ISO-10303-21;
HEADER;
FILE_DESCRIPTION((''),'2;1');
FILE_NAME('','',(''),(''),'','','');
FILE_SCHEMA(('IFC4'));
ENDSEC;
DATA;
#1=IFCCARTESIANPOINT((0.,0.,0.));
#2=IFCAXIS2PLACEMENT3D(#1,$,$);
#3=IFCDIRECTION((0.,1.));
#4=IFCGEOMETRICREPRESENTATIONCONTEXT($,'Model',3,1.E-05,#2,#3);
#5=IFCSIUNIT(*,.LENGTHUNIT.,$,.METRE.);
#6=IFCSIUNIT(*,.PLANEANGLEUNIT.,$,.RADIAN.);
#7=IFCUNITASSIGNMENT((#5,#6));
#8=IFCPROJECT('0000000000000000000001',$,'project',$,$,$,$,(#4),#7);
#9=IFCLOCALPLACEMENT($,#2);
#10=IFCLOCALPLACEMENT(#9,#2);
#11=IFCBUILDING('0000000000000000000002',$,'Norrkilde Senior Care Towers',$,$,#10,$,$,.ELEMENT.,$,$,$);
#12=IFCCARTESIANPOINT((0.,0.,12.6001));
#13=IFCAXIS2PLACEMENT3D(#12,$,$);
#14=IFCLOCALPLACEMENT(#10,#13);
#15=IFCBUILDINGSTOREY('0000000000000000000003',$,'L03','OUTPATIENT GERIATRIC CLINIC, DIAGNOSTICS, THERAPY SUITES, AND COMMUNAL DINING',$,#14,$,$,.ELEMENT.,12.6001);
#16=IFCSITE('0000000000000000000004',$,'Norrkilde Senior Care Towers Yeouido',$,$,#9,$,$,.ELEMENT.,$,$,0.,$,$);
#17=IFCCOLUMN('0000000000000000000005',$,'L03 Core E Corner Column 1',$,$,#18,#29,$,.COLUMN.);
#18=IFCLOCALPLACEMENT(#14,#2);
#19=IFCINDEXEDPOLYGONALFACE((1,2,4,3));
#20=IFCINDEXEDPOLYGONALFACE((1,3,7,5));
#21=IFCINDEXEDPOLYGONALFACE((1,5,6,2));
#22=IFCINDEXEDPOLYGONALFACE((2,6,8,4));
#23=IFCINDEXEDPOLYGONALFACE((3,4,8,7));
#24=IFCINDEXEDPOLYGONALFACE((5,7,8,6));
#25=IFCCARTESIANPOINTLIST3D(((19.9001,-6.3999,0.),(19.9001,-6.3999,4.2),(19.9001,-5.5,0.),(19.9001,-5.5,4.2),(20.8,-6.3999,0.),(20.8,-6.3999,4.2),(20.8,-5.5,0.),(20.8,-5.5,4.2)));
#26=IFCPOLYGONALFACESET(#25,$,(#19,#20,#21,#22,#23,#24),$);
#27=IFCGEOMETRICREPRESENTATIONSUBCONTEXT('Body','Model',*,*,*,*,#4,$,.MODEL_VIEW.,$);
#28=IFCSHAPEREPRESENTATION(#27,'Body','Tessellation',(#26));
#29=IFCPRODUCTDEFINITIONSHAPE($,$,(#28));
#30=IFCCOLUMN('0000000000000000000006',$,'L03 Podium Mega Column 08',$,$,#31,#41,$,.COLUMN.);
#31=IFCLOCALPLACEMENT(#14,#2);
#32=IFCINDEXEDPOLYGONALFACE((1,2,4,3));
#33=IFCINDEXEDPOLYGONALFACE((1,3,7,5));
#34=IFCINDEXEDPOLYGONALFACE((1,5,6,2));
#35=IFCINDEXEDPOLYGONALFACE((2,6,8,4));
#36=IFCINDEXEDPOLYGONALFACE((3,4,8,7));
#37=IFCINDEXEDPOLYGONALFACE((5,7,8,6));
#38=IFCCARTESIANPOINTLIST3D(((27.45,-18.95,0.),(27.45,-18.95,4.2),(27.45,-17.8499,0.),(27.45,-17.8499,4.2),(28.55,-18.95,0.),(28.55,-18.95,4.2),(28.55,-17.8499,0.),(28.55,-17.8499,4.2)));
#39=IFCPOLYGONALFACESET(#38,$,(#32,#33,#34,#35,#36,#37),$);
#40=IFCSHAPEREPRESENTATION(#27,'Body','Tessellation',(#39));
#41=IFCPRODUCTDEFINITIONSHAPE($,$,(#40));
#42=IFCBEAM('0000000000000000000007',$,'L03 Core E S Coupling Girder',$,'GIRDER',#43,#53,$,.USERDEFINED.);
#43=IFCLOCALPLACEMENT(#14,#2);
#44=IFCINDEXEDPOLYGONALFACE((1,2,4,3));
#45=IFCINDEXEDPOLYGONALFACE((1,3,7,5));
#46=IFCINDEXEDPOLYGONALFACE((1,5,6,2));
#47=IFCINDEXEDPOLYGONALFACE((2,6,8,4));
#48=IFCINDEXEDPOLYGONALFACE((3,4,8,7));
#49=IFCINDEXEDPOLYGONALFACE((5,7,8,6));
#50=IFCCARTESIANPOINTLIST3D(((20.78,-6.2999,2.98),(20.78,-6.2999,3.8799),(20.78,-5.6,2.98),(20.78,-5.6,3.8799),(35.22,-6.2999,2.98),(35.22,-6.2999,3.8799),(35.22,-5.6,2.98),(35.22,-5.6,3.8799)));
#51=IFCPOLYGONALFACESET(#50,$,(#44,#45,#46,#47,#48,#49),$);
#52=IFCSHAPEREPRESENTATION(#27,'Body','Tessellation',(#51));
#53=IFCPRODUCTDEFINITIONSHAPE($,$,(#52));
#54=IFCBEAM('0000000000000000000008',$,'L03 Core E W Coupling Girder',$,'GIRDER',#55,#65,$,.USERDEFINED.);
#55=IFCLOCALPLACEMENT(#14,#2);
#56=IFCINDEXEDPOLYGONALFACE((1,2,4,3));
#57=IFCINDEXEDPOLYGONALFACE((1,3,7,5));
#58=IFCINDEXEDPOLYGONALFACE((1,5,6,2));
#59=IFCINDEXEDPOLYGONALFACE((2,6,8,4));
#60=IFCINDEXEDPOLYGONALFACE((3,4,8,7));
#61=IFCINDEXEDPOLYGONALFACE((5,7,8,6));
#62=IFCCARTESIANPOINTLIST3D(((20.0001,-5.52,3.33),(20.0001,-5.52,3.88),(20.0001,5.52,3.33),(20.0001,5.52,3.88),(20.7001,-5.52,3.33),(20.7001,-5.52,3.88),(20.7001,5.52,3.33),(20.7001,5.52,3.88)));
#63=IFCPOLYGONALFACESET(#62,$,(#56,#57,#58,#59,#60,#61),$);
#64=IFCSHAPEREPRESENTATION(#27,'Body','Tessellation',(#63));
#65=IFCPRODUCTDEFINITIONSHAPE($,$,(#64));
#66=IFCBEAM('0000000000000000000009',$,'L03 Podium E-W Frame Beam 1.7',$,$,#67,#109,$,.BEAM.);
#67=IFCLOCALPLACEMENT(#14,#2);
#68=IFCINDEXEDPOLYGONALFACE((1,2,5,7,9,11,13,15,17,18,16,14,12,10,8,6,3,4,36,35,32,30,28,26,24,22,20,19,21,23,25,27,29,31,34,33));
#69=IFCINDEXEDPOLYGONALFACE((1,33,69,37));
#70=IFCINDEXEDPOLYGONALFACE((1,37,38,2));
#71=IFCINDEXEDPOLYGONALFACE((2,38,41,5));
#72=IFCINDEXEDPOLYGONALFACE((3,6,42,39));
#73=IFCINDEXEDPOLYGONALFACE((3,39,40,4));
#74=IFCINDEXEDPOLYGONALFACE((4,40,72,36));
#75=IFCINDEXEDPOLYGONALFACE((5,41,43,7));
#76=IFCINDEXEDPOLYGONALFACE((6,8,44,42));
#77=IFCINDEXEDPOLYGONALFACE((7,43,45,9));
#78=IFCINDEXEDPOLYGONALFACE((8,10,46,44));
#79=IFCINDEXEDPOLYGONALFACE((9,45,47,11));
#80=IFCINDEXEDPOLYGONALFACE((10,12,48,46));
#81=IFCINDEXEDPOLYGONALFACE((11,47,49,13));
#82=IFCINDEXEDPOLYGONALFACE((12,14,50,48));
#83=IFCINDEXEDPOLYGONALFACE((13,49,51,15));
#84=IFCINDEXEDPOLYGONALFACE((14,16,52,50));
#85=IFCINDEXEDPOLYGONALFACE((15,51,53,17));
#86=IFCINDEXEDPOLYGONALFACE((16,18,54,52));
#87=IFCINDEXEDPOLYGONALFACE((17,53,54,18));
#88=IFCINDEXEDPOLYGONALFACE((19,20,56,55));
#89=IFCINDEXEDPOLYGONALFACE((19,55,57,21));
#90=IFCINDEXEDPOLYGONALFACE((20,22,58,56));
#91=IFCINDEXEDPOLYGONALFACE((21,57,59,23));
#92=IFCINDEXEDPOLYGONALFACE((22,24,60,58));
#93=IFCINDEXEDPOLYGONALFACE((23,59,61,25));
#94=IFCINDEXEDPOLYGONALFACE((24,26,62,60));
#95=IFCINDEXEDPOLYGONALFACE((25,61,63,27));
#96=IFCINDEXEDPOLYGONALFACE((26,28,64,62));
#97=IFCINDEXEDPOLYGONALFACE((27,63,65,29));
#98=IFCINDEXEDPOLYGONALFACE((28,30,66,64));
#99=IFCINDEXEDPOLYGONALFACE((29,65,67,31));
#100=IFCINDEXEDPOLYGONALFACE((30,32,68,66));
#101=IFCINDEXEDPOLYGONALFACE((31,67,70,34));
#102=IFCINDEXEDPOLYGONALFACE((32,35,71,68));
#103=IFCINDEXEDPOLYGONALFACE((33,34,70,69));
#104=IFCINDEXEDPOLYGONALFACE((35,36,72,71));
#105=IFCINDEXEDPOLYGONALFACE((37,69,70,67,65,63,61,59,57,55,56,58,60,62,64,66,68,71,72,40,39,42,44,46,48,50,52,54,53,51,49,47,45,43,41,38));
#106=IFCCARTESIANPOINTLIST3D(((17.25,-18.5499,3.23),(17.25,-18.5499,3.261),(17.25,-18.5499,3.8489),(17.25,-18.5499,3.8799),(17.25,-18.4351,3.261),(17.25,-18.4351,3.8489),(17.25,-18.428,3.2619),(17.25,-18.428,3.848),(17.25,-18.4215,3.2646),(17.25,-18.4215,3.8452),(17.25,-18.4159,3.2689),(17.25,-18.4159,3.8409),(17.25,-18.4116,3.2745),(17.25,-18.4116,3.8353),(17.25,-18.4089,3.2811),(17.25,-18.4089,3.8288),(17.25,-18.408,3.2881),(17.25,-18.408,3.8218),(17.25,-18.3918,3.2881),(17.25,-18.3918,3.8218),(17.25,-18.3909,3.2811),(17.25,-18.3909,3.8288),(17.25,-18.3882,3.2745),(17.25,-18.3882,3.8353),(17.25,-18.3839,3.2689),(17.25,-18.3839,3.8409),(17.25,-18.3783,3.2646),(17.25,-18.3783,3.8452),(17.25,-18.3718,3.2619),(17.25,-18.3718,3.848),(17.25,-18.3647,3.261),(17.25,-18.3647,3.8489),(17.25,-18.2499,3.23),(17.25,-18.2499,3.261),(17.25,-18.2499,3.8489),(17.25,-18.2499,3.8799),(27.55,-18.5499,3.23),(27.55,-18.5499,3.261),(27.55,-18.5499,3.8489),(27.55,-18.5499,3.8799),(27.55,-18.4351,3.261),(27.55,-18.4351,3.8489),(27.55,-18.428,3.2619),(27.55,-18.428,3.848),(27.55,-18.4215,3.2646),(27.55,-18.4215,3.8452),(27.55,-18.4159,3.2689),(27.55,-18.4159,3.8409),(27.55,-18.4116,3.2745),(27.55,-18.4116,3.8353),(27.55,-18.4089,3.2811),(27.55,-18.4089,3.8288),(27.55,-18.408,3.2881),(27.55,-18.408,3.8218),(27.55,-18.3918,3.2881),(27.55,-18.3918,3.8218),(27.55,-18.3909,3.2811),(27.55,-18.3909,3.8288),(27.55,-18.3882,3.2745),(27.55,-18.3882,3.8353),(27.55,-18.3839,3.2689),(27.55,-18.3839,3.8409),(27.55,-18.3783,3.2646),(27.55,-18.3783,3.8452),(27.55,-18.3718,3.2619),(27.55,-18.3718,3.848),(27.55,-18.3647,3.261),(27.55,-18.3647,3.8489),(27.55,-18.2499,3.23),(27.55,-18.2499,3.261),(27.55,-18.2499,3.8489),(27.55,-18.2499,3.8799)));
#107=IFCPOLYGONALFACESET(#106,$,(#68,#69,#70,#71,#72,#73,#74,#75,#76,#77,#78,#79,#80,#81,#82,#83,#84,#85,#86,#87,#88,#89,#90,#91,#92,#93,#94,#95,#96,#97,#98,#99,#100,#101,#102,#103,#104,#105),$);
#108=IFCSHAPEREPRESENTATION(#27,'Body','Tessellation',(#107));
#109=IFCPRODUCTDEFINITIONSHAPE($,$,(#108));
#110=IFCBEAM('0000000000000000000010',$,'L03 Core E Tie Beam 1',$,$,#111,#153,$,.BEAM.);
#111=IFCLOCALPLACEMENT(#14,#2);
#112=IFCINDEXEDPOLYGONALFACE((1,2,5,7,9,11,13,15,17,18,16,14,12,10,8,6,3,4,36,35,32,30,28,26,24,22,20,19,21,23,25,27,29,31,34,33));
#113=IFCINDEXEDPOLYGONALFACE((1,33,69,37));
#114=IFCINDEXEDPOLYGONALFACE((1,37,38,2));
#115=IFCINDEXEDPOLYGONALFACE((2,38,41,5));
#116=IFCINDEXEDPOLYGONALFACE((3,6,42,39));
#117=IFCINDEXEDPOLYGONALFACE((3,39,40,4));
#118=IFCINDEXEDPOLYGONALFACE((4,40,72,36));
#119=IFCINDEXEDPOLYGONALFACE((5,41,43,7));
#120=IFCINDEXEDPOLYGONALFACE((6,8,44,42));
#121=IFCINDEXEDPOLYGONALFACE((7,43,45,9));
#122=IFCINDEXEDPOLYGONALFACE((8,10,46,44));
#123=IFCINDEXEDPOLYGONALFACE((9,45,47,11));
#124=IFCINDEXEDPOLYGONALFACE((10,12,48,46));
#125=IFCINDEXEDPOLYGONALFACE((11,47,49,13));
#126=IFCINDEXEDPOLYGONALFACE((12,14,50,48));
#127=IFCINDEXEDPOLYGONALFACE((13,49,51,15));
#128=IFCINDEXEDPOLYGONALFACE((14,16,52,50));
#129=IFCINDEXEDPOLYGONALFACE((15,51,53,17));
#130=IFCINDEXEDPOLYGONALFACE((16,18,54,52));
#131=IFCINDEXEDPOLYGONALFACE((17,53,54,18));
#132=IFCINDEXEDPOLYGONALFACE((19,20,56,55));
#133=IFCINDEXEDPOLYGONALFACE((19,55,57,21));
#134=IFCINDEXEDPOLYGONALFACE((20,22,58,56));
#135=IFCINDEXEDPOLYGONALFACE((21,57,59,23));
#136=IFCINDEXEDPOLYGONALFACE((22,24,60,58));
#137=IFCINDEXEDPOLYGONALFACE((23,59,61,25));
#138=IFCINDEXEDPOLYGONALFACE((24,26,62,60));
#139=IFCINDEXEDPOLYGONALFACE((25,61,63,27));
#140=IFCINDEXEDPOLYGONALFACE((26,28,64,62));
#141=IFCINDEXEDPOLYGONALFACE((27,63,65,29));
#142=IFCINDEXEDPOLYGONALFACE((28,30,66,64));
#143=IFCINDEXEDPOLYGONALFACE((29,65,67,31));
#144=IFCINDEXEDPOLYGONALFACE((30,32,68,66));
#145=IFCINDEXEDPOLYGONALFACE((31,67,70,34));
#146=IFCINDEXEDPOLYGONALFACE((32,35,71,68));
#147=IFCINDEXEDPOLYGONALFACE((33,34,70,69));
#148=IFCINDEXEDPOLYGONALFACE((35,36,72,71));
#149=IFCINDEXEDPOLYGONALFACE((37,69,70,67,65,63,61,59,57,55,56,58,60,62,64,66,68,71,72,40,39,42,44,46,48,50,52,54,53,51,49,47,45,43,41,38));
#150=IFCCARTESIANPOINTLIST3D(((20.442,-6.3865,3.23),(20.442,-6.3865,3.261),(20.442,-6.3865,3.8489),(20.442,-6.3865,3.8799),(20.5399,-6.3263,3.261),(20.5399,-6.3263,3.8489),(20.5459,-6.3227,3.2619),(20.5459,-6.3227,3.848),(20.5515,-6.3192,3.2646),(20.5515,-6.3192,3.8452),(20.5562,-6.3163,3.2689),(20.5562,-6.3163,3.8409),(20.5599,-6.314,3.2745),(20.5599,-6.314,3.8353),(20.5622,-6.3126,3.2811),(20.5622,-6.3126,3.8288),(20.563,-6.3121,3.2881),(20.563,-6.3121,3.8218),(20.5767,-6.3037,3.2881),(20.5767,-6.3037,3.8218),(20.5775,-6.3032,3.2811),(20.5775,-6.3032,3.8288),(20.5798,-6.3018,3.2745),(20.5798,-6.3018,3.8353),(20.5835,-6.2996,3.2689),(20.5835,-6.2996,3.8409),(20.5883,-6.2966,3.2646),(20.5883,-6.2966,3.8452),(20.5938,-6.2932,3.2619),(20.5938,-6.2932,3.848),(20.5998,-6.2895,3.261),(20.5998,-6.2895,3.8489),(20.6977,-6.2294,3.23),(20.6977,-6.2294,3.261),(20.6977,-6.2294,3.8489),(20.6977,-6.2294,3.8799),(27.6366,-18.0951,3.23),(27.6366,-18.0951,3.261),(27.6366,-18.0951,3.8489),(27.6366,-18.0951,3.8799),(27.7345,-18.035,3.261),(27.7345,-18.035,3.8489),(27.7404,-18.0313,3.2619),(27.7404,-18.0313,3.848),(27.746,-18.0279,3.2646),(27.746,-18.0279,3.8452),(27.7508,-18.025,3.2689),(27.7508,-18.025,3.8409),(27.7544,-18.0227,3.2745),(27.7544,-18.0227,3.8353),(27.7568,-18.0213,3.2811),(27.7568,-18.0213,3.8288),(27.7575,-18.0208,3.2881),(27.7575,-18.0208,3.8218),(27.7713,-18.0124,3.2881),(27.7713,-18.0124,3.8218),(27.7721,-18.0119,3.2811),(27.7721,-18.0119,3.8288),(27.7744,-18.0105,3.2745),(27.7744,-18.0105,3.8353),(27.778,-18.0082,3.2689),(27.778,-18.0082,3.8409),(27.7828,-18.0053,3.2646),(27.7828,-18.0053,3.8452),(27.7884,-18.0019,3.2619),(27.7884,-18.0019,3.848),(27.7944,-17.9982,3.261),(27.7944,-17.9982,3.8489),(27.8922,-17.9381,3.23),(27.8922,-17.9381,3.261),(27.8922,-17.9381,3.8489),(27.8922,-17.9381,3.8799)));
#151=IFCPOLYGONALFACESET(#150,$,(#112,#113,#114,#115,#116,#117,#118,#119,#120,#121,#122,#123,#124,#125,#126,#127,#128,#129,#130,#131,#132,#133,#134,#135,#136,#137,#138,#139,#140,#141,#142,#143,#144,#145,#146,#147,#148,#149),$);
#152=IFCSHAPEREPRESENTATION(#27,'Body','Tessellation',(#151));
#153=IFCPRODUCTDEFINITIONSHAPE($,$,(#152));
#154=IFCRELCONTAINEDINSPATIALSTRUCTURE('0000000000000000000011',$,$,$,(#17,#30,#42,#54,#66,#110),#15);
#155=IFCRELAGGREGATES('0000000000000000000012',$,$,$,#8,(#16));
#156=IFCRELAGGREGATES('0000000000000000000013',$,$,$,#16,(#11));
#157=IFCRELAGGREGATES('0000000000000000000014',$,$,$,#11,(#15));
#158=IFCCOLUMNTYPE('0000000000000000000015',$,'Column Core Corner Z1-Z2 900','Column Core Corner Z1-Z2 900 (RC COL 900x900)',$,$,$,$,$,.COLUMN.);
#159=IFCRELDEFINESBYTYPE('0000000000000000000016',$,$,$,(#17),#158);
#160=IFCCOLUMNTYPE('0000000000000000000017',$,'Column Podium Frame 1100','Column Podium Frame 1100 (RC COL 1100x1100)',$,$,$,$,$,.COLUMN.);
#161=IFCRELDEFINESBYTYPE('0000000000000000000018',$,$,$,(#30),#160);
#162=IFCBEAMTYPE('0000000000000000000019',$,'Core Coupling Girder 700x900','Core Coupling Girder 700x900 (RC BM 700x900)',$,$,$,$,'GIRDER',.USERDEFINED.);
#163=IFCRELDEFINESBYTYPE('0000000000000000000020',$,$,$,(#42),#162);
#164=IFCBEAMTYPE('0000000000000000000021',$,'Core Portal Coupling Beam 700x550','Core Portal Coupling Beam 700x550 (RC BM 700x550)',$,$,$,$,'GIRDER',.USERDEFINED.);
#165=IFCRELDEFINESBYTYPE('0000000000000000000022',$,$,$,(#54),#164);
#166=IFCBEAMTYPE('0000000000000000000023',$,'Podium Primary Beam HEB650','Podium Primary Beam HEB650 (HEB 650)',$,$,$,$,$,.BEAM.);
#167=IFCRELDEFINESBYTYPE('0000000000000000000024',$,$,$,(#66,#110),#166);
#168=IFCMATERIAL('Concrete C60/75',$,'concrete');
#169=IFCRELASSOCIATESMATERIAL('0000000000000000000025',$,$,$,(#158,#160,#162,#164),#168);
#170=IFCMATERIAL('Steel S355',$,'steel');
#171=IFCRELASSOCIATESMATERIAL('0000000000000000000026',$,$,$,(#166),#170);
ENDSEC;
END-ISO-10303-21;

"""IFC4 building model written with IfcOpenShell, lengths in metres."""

from ifc_helpers import new_model, si_unit, direction, frame, origin, origin_2d, place, context, subcontext, project, spatial, rectangle, i_section, extrude, source, transform, mapped, material, material_profile, profile_set, type_object, type_shapes, element, save


model = new_model("IFC4")

# Units and contexts
model_context = context("Model", 3, precision=1e-05, world=origin(), true_north=direction((0.0, 1.0)))
body_context = subcontext(model_context, "Body", "Model", "MODEL_VIEW")
ifc_project = project(units=[si_unit("LENGTHUNIT", "METRE"), si_unit("PLANEANGLEUNIT", "RADIAN")], contexts=[model_context])

# Site, building, storey
site_placement = place(None, origin())
site = spatial("IfcSite", under=ifc_project, at=site_placement, Name="Norrkilde Senior Care Towers Yeouido", CompositionType="ELEMENT", RefElevation=0.0)
building_placement = place(site_placement, origin())
building = spatial("IfcBuilding", under=site, at=building_placement, Name="Norrkilde Senior Care Towers", CompositionType="ELEMENT")
storey_placement = place(building_placement, frame((0.0, 0.0, 12.6001)))
storey = spatial("IfcBuildingStorey", under=building, at=storey_placement, Name="L03", Description="OUTPATIENT GERIATRIC CLINIC, DIAGNOSTICS, THERAPY SUITES, AND COMMUNAL DINING", CompositionType="ELEMENT", Elevation=12.6001)

# Columns
ifc_material_1 = material(Name="Concrete C60/75", Category="concrete")
ifc_material_profile_1 = material_profile(ifc_material_1, rectangle(XDim=0.8999, YDim=0.8999, at=origin_2d()), Name="RC COL 900x900")
ifc_profile_set_1 = profile_set([ifc_material_profile_1], Name="Concrete C60/75")
column_type_1 = type_object("IfcColumnType", Name="Column Core Corner Z1-Z2 900", Description="Column Core Corner Z1-Z2 900 (RC COL 900x900)", PredefinedType="COLUMN", material=ifc_profile_set_1)
shared_shape_1 = source(origin(), body_context, "Body", "SweptSolid", [
    extrude(rectangle(XDim=0.8999, YDim=0.8999, at=origin_2d()), origin(), (0.0, 0.0, 1.0), 4.2),
])
type_shapes(column_type_1, [shared_shape_1])
column_1_placement = place(storey_placement, frame((20.3501, -5.95, 0.0), z_axis=(0.0, 0.0, 1.0), x_axis=(1.0, 0.0, 0.0)))
element("IfcColumn", 1, at=column_1_placement, inside=storey, type_object=column_type_1, Name="L03 Core E Corner Column 1", PredefinedType="COLUMN", context=body_context, shape_type="MappedRepresentation", body=[
    mapped(shared_shape_1, transform((0.0, 0.0, 0.0), x_axis=(1.0, 0.0, 0.0), y_axis=(0.0, 1.0, 0.0), z_axis=(0.0, 0.0, 1.0), scale=1.0)),
])
ifc_material_profile_2 = material_profile(ifc_material_1, rectangle(XDim=1.1001, YDim=1.1001, at=origin_2d()), Name="RC COL 1100x1100")
ifc_profile_set_2 = profile_set([ifc_material_profile_2], Name="Concrete C60/75")
column_type_2 = type_object("IfcColumnType", Name="Column Podium Frame 1100", Description="Column Podium Frame 1100 (RC COL 1100x1100)", PredefinedType="COLUMN", material=ifc_profile_set_2)
shared_shape_2 = source(origin(), body_context, "Body", "SweptSolid", [
    extrude(rectangle(XDim=1.1001, YDim=1.1001, at=origin_2d()), origin(), (0.0, 0.0, 1.0), 4.2),
])
type_shapes(column_type_2, [shared_shape_2])
column_2_placement = place(storey_placement, frame((28.0, -18.3999, 0.0), z_axis=(0.0, 0.0, 1.0), x_axis=(1.0, 0.0, 0.0)))
element("IfcColumn", 2, at=column_2_placement, inside=storey, type_object=column_type_2, Name="L03 Podium Mega Column 08", PredefinedType="COLUMN", context=body_context, shape_type="MappedRepresentation", body=[
    mapped(shared_shape_2, transform((0.0, 0.0, 0.0), x_axis=(1.0, 0.0, 0.0), y_axis=(0.0, 1.0, 0.0), z_axis=(0.0, 0.0, 1.0), scale=1.0)),
])

# Beams
ifc_material_profile_3 = material_profile(ifc_material_1, rectangle(XDim=0.7, YDim=0.8999, at=origin_2d()), Name="RC BM 700x900")
ifc_profile_set_3 = profile_set([ifc_material_profile_3], Name="Concrete C60/75")
beam_type_1 = type_object("IfcBeamType", Name="Core Coupling Girder 700x900", Description="Core Coupling Girder 700x900 (RC BM 700x900)", ElementType="GIRDER", PredefinedType="USERDEFINED", material=ifc_profile_set_3)
shared_shape_3 = source(origin(), body_context, "Body", "SweptSolid", [
    extrude(rectangle(XDim=0.7, YDim=0.8999, at=origin_2d()), origin(), (0.0, 0.0, 1.0), 14.4399),
])
type_shapes(beam_type_1, [shared_shape_3])
beam_1_placement = place(storey_placement, frame((20.78, -5.95, 3.4299), z_axis=(1.0, 0.0, 0.0), x_axis=(0.0, 1.0, 0.0)))
element("IfcBeam", 3, at=beam_1_placement, inside=storey, type_object=beam_type_1, Name="L03 Core E S Coupling Girder", ObjectType="GIRDER", PredefinedType="USERDEFINED", context=body_context, shape_type="MappedRepresentation", body=[
    mapped(shared_shape_3, transform((0.0, 0.0, 0.0), x_axis=(1.0, 0.0, 0.0), y_axis=(0.0, 1.0, 0.0), z_axis=(0.0, 0.0, 1.0), scale=1.0)),
])
ifc_material_profile_4 = material_profile(ifc_material_1, rectangle(XDim=0.7, YDim=0.55, at=origin_2d()), Name="RC BM 700x550")
ifc_profile_set_4 = profile_set([ifc_material_profile_4], Name="Concrete C60/75")
beam_type_2 = type_object("IfcBeamType", Name="Core Portal Coupling Beam 700x550", Description="Core Portal Coupling Beam 700x550 (RC BM 700x550)", ElementType="GIRDER", PredefinedType="USERDEFINED", material=ifc_profile_set_4)
shared_shape_4 = source(origin(), body_context, "Body", "SweptSolid", [
    extrude(rectangle(XDim=0.7, YDim=0.55, at=origin_2d()), origin(), (0.0, 0.0, 1.0), 11.04),
])
type_shapes(beam_type_2, [shared_shape_4])
beam_2_placement = place(storey_placement, frame((20.3501, -5.52, 3.605), z_axis=(0.0, 1.0, 0.0), x_axis=(-1.0, 0.0, 0.0)))
element("IfcBeam", 4, at=beam_2_placement, inside=storey, type_object=beam_type_2, Name="L03 Core E W Coupling Girder", ObjectType="GIRDER", PredefinedType="USERDEFINED", context=body_context, shape_type="MappedRepresentation", body=[
    mapped(shared_shape_4, transform((0.0, 0.0, 0.0), x_axis=(1.0, 0.0, 0.0), y_axis=(0.0, 1.0, 0.0), z_axis=(0.0, 0.0, 1.0), scale=1.0)),
])
ifc_material_2 = material(Name="Steel S355", Category="steel")
ifc_material_profile_5 = material_profile(ifc_material_2, i_section(OverallWidth=0.3, OverallDepth=0.6499, WebThickness=0.0161, FlangeThickness=0.031, FilletRadius=0.0271, at=origin_2d()), Name="HEB 650")
ifc_profile_set_5 = profile_set([ifc_material_profile_5], Name="Steel S355")
beam_type_3 = type_object("IfcBeamType", Name="Podium Primary Beam HEB650", Description="Podium Primary Beam HEB650 (HEB 650)", PredefinedType="BEAM", material=ifc_profile_set_5)
shared_shape_5 = source(origin(), body_context, "Body", "SweptSolid", [
    extrude(i_section(OverallWidth=0.3, OverallDepth=0.6499, WebThickness=0.0161, FlangeThickness=0.031, FilletRadius=0.0271, at=origin_2d()), origin(), (0.0, 0.0, 1.0), 10.3),
])
beam_3_placement = place(storey_placement, frame((17.25, -18.3999, 3.5549), z_axis=(1.0, 0.0, 0.0), x_axis=(0.0, 1.0, 0.0)))
element("IfcBeam", 5, at=beam_3_placement, inside=storey, type_object=beam_type_3, Name="L03 Podium E-W Frame Beam 1.7", PredefinedType="BEAM", context=body_context, shape_type="MappedRepresentation", body=[
    mapped(shared_shape_5, transform((0.0, 0.0, 0.0), x_axis=(1.0, 0.0, 0.0), y_axis=(0.0, 1.0, 0.0), z_axis=(0.0, 0.0, 1.0), scale=1.0)),
])
shared_shape_6 = source(origin(), body_context, "Body", "SweptSolid", [
    extrude(i_section(OverallWidth=0.3, OverallDepth=0.6499, WebThickness=0.0161, FlangeThickness=0.031, FilletRadius=0.0271, at=origin_2d()), origin(), (0.0, 0.0, 1.0), 13.7424),
])
type_shapes(beam_type_3, [shared_shape_5, shared_shape_6])
for number, where, z_axis, x_axis, name in (
    (6, (27.7644, -18.0166, 3.5549), (-0.523527, 0.852009, 0.0), (-0.852009, -0.523527, 0.0), "L03 Core E Tie Beam 1"),
):
    element("IfcBeam", number, at=place(storey_placement, frame(where, z_axis=z_axis, x_axis=x_axis)), inside=storey, type_object=beam_type_3, Name=name, PredefinedType="BEAM", context=body_context, shape_type="MappedRepresentation", body=[
        mapped(shared_shape_6, transform((0.0, 0.0, 0.0), x_axis=(1.0, 0.0, 0.0), y_axis=(0.0, 1.0, 0.0), z_axis=(0.0, 0.0, 1.0), scale=1.0)),
    ])

save(model, "model.ifc")
